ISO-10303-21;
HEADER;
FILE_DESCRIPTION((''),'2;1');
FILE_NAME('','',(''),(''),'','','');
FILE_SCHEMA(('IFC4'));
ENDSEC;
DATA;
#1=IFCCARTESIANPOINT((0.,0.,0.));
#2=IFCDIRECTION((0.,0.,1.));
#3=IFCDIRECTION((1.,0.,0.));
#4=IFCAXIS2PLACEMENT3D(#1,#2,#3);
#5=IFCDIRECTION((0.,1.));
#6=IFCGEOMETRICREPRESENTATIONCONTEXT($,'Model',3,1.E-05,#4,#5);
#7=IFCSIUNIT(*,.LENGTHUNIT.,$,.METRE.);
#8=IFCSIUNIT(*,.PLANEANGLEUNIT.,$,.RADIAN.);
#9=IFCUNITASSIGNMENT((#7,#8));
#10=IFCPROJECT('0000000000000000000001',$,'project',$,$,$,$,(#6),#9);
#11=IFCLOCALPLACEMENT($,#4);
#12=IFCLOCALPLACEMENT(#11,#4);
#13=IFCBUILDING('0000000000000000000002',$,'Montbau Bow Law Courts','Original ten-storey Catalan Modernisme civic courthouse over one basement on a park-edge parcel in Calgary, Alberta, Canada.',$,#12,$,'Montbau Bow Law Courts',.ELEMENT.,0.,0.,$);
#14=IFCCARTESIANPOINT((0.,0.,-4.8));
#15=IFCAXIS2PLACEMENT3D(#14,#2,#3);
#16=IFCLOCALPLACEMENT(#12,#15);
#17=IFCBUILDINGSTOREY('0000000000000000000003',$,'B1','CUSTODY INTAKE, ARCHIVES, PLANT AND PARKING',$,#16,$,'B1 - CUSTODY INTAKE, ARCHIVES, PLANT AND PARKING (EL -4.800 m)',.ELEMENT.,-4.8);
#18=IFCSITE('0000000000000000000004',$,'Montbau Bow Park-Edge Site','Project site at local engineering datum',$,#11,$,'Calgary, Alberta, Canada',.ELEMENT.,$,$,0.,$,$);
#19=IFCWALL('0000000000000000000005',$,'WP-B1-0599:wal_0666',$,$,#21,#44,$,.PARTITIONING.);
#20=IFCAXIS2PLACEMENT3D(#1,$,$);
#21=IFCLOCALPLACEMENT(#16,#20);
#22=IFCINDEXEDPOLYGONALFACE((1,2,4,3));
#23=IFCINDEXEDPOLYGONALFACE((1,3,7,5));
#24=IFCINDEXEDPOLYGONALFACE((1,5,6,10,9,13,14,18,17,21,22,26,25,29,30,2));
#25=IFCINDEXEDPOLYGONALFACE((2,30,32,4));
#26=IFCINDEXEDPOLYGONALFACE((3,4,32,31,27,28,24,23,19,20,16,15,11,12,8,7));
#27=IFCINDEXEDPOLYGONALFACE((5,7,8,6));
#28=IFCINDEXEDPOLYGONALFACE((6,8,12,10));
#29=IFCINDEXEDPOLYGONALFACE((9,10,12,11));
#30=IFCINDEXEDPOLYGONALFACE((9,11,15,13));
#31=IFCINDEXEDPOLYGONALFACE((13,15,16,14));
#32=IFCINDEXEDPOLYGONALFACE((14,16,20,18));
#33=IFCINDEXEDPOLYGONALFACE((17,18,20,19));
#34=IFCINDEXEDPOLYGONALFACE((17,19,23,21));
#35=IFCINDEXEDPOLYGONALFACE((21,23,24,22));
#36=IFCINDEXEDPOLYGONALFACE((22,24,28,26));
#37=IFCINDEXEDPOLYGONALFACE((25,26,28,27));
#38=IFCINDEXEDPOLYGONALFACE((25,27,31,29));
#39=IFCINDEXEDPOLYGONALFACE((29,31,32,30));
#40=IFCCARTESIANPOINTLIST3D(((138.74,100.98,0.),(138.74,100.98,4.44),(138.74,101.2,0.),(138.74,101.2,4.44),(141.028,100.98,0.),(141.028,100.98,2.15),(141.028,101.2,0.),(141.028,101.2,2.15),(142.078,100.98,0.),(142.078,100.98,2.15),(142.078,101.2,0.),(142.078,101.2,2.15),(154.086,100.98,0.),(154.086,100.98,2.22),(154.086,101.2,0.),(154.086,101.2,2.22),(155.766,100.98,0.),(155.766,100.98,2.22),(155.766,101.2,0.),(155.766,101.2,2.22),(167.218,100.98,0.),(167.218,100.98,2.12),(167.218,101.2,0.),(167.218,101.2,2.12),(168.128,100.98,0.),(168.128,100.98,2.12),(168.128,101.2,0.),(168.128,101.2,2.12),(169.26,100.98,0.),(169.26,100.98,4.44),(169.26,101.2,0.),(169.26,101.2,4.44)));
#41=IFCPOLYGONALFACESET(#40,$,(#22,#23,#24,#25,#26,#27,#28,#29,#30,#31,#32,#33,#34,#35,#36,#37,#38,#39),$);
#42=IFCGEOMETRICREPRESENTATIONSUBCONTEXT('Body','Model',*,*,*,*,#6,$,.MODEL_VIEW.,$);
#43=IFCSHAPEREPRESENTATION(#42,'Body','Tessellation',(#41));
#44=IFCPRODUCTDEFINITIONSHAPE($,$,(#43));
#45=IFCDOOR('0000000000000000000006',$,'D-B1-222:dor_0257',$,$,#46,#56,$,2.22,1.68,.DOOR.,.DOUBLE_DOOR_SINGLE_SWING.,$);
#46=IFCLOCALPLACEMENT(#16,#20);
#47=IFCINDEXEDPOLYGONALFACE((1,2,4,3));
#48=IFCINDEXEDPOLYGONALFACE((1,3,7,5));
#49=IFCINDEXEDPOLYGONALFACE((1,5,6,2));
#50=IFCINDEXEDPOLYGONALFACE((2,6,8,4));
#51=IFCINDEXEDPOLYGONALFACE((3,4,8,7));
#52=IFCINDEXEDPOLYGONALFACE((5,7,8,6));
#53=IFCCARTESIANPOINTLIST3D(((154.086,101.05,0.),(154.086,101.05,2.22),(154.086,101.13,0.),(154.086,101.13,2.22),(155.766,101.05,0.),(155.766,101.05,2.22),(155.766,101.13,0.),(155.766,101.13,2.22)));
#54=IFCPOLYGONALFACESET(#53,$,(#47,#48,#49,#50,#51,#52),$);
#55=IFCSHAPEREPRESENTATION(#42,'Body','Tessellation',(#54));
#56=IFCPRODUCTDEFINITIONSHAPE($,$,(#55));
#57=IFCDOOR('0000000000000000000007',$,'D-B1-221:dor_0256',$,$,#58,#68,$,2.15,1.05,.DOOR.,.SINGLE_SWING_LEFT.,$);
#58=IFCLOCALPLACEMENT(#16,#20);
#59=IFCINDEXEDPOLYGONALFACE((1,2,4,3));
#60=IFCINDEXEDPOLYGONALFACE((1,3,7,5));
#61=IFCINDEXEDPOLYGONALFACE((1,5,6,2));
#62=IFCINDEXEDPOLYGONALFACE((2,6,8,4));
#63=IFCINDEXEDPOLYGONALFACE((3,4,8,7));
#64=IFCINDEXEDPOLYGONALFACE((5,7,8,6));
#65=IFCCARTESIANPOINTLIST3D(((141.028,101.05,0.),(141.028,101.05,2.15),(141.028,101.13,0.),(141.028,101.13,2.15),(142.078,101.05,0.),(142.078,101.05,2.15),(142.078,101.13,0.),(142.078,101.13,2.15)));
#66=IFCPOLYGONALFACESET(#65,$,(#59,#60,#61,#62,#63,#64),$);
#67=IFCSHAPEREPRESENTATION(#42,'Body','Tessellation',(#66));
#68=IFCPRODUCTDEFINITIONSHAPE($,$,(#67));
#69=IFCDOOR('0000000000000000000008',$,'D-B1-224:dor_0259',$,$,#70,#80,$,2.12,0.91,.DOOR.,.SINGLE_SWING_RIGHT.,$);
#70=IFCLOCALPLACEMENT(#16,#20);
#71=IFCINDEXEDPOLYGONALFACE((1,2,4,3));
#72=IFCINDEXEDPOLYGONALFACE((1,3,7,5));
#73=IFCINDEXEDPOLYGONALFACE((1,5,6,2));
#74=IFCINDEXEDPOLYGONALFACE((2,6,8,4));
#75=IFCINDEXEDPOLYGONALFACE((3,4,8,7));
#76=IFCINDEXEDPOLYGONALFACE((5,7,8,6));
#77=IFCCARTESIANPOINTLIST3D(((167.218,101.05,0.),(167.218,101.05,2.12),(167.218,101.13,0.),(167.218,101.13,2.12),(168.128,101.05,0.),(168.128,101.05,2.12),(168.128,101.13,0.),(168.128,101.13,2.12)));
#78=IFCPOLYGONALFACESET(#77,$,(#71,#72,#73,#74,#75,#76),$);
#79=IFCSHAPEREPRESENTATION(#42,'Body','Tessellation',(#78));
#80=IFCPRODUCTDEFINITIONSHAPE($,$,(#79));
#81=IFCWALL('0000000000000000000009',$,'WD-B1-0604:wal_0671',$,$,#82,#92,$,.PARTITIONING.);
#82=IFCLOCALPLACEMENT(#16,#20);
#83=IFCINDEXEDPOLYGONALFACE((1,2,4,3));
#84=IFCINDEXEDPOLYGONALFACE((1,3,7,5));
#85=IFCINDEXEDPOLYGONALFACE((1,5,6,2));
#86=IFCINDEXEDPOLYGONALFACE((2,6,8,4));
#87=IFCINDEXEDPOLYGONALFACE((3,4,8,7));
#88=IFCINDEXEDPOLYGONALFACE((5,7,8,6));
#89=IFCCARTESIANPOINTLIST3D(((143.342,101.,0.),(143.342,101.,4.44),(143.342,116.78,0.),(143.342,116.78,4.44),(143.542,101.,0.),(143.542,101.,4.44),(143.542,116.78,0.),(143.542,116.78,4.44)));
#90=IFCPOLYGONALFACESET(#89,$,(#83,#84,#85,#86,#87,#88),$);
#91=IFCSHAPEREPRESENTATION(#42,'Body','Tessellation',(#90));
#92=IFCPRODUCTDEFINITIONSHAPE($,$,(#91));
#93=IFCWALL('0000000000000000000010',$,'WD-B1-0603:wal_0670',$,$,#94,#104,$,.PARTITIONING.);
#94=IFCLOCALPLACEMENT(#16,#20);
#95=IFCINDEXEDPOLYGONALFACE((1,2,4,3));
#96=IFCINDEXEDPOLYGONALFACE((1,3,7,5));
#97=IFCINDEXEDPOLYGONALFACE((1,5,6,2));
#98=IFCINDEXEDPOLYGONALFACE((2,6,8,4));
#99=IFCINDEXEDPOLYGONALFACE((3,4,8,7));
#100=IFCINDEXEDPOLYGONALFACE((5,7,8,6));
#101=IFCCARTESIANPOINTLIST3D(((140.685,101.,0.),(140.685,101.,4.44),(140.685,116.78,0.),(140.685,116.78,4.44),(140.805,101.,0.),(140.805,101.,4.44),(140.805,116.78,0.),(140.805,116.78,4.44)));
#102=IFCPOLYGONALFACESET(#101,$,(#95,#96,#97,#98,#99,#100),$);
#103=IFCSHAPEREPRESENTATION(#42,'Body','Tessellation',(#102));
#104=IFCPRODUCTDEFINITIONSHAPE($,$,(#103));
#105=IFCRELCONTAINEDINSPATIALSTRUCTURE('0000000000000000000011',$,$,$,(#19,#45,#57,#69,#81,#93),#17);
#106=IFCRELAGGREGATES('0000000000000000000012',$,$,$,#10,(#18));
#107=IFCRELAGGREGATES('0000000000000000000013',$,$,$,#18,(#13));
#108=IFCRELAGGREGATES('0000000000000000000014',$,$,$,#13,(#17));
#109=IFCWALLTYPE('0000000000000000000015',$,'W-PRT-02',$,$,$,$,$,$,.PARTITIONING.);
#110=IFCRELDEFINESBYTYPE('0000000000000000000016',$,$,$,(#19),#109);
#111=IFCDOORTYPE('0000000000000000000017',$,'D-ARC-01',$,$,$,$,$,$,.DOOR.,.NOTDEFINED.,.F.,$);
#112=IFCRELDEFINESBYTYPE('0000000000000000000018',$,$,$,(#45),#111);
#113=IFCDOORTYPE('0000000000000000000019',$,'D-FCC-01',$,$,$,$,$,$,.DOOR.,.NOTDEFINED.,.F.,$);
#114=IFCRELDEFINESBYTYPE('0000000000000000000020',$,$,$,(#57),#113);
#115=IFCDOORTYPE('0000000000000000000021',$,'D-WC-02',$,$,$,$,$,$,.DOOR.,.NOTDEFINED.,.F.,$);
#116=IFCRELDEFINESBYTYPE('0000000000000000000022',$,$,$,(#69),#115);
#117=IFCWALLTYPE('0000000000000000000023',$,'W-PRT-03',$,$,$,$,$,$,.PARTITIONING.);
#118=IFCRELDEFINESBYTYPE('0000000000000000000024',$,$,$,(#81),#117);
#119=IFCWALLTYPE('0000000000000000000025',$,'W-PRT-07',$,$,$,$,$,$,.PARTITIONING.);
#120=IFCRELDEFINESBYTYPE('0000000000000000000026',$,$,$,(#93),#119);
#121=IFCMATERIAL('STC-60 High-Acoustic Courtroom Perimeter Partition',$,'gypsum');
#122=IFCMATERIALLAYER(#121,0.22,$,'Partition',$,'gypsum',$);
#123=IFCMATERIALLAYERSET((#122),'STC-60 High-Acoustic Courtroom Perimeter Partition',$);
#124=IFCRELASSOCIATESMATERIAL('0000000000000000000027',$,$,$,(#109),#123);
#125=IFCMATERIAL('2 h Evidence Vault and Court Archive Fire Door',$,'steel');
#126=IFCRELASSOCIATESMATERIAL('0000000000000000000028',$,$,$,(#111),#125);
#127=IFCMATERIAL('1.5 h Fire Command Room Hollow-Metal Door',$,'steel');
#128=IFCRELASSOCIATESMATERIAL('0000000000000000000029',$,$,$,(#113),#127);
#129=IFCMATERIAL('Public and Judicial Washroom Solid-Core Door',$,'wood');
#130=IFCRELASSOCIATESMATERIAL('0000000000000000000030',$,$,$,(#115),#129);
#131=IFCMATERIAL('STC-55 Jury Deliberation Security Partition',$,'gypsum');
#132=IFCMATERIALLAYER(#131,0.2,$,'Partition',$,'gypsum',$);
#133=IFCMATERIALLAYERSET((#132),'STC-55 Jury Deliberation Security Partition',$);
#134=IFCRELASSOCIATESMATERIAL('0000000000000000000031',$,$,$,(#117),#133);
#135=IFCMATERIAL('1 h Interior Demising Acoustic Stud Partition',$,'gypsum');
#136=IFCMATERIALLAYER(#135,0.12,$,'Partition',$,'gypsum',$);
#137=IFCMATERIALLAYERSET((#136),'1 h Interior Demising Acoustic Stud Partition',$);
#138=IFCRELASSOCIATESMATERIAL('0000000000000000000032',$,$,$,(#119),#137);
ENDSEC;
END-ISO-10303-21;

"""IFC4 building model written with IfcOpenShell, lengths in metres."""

from ifc_helpers import new_model, si_unit, direction, frame, frame_2d, origin_with_axes, place, context, subcontext, project, spatial, rectangle, extrude, material, layer, layer_set, type_object, element, fill, save


model = new_model("IFC4")

# Units and contexts
model_context = context("Model", 3, precision=1e-05, world=origin_with_axes(), true_north=direction((0.0, 1.0)))
body_context = subcontext(model_context, "Body", "Model", "MODEL_VIEW")
ifc_project = project(units=[si_unit("LENGTHUNIT", "METRE"), si_unit("PLANEANGLEUNIT", "RADIAN")], contexts=[model_context])

# Site, building, storey
site_placement = place(None, origin_with_axes())
site = spatial("IfcSite", under=ifc_project, at=site_placement, Name="Montbau Bow Park-Edge Site", Description="Project site at local engineering datum", LongName="Calgary, Alberta, Canada", CompositionType="ELEMENT", RefElevation=0.0)
building_placement = place(site_placement, origin_with_axes())
building = spatial("IfcBuilding", under=site, at=building_placement, Name="Montbau Bow Law Courts", Description="Original ten-storey Catalan Modernisme civic courthouse over one basement on a park-edge parcel in Calgary, Alberta, Canada.", LongName="Montbau Bow Law Courts", CompositionType="ELEMENT", ElevationOfRefHeight=0.0, ElevationOfTerrain=0.0)
storey_placement = place(building_placement, frame((0.0, 0.0, -4.8), z_axis=(0.0, 0.0, 1.0), x_axis=(1.0, 0.0, 0.0)))
storey = spatial("IfcBuildingStorey", under=building, at=storey_placement, Name="B1", Description="CUSTODY INTAKE, ARCHIVES, PLANT AND PARKING", LongName="B1 - CUSTODY INTAKE, ARCHIVES, PLANT AND PARKING (EL -4.800 m)", CompositionType="ELEMENT", Elevation=-4.8)

# Shared definitions
ifc_material_1 = material(Name="STC-60 High-Acoustic Courtroom Perimeter Partition", Category="gypsum")
ifc_layer_1 = layer(ifc_material_1, 0.22, Name="Partition", Category="gypsum")
ifc_layer_set_1 = layer_set([ifc_layer_1], Name="STC-60 High-Acoustic Courtroom Perimeter Partition")
wall_type_1 = type_object("IfcWallType", Name="W-PRT-02", PredefinedType="PARTITIONING", material=ifc_layer_set_1)

# Wall, openings, doors
wall_1_placement = place(None, frame((138.74, 101.09, -4.8), z_axis=(0.0, 0.0, 1.0), x_axis=(1.0, 0.0, 0.0)))
wall_1 = element("IfcWall", 1, at=wall_1_placement, inside=storey, type_object=wall_type_1, Name="WP-B1-0599:wal_0666", PredefinedType="PARTITIONING", context=body_context, shape_type="SweptSolid", body=[
    extrude(rectangle(XDim=30.52, YDim=0.22, at=frame_2d((15.26, 0.0), x_axis=(1.0, 0.0))), origin_with_axes(), (0.0, 0.0, 1.0), 4.44),
])
opening_1_placement = place(None, frame((141.553, 101.09, -4.8), z_axis=(0.0, 0.0, 1.0), x_axis=(1.0, 0.0, 0.0)))
opening_1 = element("IfcOpeningElement", 2, at=opening_1_placement, cuts=wall_1, PredefinedType="OPENING", context=body_context, shape_type="SweptSolid", body=[
    extrude(rectangle(XDim=1.05, YDim=2.15, at=frame_2d((0.0, 1.075), x_axis=(1.0, 0.0))), frame((0.0, 0.12, 0.0), z_axis=(0.0, -1.0, 0.0), x_axis=(1.0, 0.0, 0.0)), (0.0, 0.0, 1.0), 0.24),
])
opening_2_placement = place(None, frame((154.926, 101.09, -4.8), z_axis=(0.0, 0.0, 1.0), x_axis=(1.0, 0.0, 0.0)))
opening_2 = element("IfcOpeningElement", 3, at=opening_2_placement, cuts=wall_1, PredefinedType="OPENING", context=body_context, shape_type="SweptSolid", body=[
    extrude(rectangle(XDim=1.68, YDim=2.22, at=frame_2d((0.0, 1.11), x_axis=(1.0, 0.0))), frame((0.0, 0.12, 0.0), z_axis=(0.0, -1.0, 0.0), x_axis=(1.0, 0.0, 0.0)), (0.0, 0.0, 1.0), 0.24),
])
opening_3_placement = place(None, frame((167.673, 101.09, -4.8), z_axis=(0.0, 0.0, 1.0), x_axis=(1.0, 0.0, 0.0)))
opening_3 = element("IfcOpeningElement", 4, at=opening_3_placement, cuts=wall_1, PredefinedType="OPENING", context=body_context, shape_type="SweptSolid", body=[
    extrude(rectangle(XDim=0.91, YDim=2.12, at=frame_2d((0.0, 1.06), x_axis=(1.0, 0.0))), frame((0.0, 0.12, 0.0), z_axis=(0.0, -1.0, 0.0), x_axis=(1.0, 0.0, 0.0)), (0.0, 0.0, 1.0), 0.24),
])
ifc_material_2 = material(Name="2 h Evidence Vault and Court Archive Fire Door", Category="steel")
door_type_1 = type_object("IfcDoorType", Name="D-ARC-01", OperationType="NOTDEFINED", ParameterTakesPrecedence=False, PredefinedType="DOOR", material=ifc_material_2)
door_1_placement = place(None, frame((154.926, 101.09, -4.8), z_axis=(0.0, 0.0, 1.0), x_axis=(-1.0, 0.0, 0.0)))
door_1 = element("IfcDoor", 5, at=door_1_placement, inside=storey, type_object=door_type_1, Name="D-B1-222:dor_0257", OperationType="DOUBLE_DOOR_SINGLE_SWING", OverallHeight=2.22, OverallWidth=1.68, PredefinedType="DOOR", context=body_context, shape_type="SweptSolid", body=[
    extrude(rectangle(XDim=1.68, YDim=2.22, at=frame_2d((0.0, 1.11), x_axis=(1.0, 0.0))), frame((0.0, 0.04, 0.0), z_axis=(0.0, -1.0, 0.0), x_axis=(1.0, 0.0, 0.0)), (0.0, 0.0, 1.0), 0.08),
])
fill(opening_2, door_1)
ifc_material_3 = material(Name="1.5 h Fire Command Room Hollow-Metal Door", Category="steel")
door_type_2 = type_object("IfcDoorType", Name="D-FCC-01", OperationType="NOTDEFINED", ParameterTakesPrecedence=False, PredefinedType="DOOR", material=ifc_material_3)
door_2_placement = place(None, frame((141.553, 101.09, -4.8), z_axis=(0.0, 0.0, 1.0), x_axis=(-1.0, 0.0, 0.0)))
door_2 = element("IfcDoor", 6, at=door_2_placement, inside=storey, type_object=door_type_2, Name="D-B1-221:dor_0256", OperationType="SINGLE_SWING_LEFT", OverallHeight=2.15, OverallWidth=1.05, PredefinedType="DOOR", context=body_context, shape_type="SweptSolid", body=[
    extrude(rectangle(XDim=1.05, YDim=2.15, at=frame_2d((0.0, 1.075), x_axis=(1.0, 0.0))), frame((0.0, 0.04, 0.0), z_axis=(0.0, -1.0, 0.0), x_axis=(1.0, 0.0, 0.0)), (0.0, 0.0, 1.0), 0.08),
])
fill(opening_1, door_2)
ifc_material_4 = material(Name="Public and Judicial Washroom Solid-Core Door", Category="wood")
door_type_3 = type_object("IfcDoorType", Name="D-WC-02", OperationType="NOTDEFINED", ParameterTakesPrecedence=False, PredefinedType="DOOR", material=ifc_material_4)
door_3_placement = place(None, frame((167.673, 101.09, -4.8), z_axis=(0.0, 0.0, 1.0), x_axis=(-1.0, 0.0, 0.0)))
door_3 = element("IfcDoor", 7, at=door_3_placement, inside=storey, type_object=door_type_3, Name="D-B1-224:dor_0259", OperationType="SINGLE_SWING_RIGHT", OverallHeight=2.12, OverallWidth=0.91, PredefinedType="DOOR", context=body_context, shape_type="SweptSolid", body=[
    extrude(rectangle(XDim=0.91, YDim=2.12, at=frame_2d((0.0, 1.06), x_axis=(1.0, 0.0))), frame((0.0, 0.04, 0.0), z_axis=(0.0, -1.0, 0.0), x_axis=(1.0, 0.0, 0.0)), (0.0, 0.0, 1.0), 0.08),
])
fill(opening_3, door_3)

# Walls
ifc_material_5 = material(Name="STC-55 Jury Deliberation Security Partition", Category="gypsum")
ifc_layer_2 = layer(ifc_material_5, 0.2, Name="Partition", Category="gypsum")
ifc_layer_set_2 = layer_set([ifc_layer_2], Name="STC-55 Jury Deliberation Security Partition")
wall_type_2 = type_object("IfcWallType", Name="W-PRT-03", PredefinedType="PARTITIONING", material=ifc_layer_set_2)
wall_2_placement = place(None, frame((143.442, 101.0, -4.8), z_axis=(0.0, 0.0, 1.0), x_axis=(0.0, 1.0, 0.0)))
element("IfcWall", 8, at=wall_2_placement, inside=storey, type_object=wall_type_2, Name="WD-B1-0604:wal_0671", PredefinedType="PARTITIONING", context=body_context, shape_type="SweptSolid", body=[
    extrude(rectangle(XDim=15.78, YDim=0.2, at=frame_2d((7.89, 0.0), x_axis=(1.0, 0.0))), origin_with_axes(), (0.0, 0.0, 1.0), 4.44),
])
ifc_material_6 = material(Name="1 h Interior Demising Acoustic Stud Partition", Category="gypsum")
ifc_layer_3 = layer(ifc_material_6, 0.12, Name="Partition", Category="gypsum")
ifc_layer_set_3 = layer_set([ifc_layer_3], Name="1 h Interior Demising Acoustic Stud Partition")
wall_type_3 = type_object("IfcWallType", Name="W-PRT-07", PredefinedType="PARTITIONING", material=ifc_layer_set_3)
wall_3_placement = place(None, frame((140.745, 101.0, -4.8), z_axis=(0.0, 0.0, 1.0), x_axis=(0.0, 1.0, 0.0)))
element("IfcWall", 9, at=wall_3_placement, inside=storey, type_object=wall_type_3, Name="WD-B1-0603:wal_0670", PredefinedType="PARTITIONING", context=body_context, shape_type="SweptSolid", body=[
    extrude(rectangle(XDim=15.78, YDim=0.12, at=frame_2d((7.89, 0.0), x_axis=(1.0, 0.0))), origin_with_axes(), (0.0, 0.0, 1.0), 4.44),
])

save(model, "model.ifc")
